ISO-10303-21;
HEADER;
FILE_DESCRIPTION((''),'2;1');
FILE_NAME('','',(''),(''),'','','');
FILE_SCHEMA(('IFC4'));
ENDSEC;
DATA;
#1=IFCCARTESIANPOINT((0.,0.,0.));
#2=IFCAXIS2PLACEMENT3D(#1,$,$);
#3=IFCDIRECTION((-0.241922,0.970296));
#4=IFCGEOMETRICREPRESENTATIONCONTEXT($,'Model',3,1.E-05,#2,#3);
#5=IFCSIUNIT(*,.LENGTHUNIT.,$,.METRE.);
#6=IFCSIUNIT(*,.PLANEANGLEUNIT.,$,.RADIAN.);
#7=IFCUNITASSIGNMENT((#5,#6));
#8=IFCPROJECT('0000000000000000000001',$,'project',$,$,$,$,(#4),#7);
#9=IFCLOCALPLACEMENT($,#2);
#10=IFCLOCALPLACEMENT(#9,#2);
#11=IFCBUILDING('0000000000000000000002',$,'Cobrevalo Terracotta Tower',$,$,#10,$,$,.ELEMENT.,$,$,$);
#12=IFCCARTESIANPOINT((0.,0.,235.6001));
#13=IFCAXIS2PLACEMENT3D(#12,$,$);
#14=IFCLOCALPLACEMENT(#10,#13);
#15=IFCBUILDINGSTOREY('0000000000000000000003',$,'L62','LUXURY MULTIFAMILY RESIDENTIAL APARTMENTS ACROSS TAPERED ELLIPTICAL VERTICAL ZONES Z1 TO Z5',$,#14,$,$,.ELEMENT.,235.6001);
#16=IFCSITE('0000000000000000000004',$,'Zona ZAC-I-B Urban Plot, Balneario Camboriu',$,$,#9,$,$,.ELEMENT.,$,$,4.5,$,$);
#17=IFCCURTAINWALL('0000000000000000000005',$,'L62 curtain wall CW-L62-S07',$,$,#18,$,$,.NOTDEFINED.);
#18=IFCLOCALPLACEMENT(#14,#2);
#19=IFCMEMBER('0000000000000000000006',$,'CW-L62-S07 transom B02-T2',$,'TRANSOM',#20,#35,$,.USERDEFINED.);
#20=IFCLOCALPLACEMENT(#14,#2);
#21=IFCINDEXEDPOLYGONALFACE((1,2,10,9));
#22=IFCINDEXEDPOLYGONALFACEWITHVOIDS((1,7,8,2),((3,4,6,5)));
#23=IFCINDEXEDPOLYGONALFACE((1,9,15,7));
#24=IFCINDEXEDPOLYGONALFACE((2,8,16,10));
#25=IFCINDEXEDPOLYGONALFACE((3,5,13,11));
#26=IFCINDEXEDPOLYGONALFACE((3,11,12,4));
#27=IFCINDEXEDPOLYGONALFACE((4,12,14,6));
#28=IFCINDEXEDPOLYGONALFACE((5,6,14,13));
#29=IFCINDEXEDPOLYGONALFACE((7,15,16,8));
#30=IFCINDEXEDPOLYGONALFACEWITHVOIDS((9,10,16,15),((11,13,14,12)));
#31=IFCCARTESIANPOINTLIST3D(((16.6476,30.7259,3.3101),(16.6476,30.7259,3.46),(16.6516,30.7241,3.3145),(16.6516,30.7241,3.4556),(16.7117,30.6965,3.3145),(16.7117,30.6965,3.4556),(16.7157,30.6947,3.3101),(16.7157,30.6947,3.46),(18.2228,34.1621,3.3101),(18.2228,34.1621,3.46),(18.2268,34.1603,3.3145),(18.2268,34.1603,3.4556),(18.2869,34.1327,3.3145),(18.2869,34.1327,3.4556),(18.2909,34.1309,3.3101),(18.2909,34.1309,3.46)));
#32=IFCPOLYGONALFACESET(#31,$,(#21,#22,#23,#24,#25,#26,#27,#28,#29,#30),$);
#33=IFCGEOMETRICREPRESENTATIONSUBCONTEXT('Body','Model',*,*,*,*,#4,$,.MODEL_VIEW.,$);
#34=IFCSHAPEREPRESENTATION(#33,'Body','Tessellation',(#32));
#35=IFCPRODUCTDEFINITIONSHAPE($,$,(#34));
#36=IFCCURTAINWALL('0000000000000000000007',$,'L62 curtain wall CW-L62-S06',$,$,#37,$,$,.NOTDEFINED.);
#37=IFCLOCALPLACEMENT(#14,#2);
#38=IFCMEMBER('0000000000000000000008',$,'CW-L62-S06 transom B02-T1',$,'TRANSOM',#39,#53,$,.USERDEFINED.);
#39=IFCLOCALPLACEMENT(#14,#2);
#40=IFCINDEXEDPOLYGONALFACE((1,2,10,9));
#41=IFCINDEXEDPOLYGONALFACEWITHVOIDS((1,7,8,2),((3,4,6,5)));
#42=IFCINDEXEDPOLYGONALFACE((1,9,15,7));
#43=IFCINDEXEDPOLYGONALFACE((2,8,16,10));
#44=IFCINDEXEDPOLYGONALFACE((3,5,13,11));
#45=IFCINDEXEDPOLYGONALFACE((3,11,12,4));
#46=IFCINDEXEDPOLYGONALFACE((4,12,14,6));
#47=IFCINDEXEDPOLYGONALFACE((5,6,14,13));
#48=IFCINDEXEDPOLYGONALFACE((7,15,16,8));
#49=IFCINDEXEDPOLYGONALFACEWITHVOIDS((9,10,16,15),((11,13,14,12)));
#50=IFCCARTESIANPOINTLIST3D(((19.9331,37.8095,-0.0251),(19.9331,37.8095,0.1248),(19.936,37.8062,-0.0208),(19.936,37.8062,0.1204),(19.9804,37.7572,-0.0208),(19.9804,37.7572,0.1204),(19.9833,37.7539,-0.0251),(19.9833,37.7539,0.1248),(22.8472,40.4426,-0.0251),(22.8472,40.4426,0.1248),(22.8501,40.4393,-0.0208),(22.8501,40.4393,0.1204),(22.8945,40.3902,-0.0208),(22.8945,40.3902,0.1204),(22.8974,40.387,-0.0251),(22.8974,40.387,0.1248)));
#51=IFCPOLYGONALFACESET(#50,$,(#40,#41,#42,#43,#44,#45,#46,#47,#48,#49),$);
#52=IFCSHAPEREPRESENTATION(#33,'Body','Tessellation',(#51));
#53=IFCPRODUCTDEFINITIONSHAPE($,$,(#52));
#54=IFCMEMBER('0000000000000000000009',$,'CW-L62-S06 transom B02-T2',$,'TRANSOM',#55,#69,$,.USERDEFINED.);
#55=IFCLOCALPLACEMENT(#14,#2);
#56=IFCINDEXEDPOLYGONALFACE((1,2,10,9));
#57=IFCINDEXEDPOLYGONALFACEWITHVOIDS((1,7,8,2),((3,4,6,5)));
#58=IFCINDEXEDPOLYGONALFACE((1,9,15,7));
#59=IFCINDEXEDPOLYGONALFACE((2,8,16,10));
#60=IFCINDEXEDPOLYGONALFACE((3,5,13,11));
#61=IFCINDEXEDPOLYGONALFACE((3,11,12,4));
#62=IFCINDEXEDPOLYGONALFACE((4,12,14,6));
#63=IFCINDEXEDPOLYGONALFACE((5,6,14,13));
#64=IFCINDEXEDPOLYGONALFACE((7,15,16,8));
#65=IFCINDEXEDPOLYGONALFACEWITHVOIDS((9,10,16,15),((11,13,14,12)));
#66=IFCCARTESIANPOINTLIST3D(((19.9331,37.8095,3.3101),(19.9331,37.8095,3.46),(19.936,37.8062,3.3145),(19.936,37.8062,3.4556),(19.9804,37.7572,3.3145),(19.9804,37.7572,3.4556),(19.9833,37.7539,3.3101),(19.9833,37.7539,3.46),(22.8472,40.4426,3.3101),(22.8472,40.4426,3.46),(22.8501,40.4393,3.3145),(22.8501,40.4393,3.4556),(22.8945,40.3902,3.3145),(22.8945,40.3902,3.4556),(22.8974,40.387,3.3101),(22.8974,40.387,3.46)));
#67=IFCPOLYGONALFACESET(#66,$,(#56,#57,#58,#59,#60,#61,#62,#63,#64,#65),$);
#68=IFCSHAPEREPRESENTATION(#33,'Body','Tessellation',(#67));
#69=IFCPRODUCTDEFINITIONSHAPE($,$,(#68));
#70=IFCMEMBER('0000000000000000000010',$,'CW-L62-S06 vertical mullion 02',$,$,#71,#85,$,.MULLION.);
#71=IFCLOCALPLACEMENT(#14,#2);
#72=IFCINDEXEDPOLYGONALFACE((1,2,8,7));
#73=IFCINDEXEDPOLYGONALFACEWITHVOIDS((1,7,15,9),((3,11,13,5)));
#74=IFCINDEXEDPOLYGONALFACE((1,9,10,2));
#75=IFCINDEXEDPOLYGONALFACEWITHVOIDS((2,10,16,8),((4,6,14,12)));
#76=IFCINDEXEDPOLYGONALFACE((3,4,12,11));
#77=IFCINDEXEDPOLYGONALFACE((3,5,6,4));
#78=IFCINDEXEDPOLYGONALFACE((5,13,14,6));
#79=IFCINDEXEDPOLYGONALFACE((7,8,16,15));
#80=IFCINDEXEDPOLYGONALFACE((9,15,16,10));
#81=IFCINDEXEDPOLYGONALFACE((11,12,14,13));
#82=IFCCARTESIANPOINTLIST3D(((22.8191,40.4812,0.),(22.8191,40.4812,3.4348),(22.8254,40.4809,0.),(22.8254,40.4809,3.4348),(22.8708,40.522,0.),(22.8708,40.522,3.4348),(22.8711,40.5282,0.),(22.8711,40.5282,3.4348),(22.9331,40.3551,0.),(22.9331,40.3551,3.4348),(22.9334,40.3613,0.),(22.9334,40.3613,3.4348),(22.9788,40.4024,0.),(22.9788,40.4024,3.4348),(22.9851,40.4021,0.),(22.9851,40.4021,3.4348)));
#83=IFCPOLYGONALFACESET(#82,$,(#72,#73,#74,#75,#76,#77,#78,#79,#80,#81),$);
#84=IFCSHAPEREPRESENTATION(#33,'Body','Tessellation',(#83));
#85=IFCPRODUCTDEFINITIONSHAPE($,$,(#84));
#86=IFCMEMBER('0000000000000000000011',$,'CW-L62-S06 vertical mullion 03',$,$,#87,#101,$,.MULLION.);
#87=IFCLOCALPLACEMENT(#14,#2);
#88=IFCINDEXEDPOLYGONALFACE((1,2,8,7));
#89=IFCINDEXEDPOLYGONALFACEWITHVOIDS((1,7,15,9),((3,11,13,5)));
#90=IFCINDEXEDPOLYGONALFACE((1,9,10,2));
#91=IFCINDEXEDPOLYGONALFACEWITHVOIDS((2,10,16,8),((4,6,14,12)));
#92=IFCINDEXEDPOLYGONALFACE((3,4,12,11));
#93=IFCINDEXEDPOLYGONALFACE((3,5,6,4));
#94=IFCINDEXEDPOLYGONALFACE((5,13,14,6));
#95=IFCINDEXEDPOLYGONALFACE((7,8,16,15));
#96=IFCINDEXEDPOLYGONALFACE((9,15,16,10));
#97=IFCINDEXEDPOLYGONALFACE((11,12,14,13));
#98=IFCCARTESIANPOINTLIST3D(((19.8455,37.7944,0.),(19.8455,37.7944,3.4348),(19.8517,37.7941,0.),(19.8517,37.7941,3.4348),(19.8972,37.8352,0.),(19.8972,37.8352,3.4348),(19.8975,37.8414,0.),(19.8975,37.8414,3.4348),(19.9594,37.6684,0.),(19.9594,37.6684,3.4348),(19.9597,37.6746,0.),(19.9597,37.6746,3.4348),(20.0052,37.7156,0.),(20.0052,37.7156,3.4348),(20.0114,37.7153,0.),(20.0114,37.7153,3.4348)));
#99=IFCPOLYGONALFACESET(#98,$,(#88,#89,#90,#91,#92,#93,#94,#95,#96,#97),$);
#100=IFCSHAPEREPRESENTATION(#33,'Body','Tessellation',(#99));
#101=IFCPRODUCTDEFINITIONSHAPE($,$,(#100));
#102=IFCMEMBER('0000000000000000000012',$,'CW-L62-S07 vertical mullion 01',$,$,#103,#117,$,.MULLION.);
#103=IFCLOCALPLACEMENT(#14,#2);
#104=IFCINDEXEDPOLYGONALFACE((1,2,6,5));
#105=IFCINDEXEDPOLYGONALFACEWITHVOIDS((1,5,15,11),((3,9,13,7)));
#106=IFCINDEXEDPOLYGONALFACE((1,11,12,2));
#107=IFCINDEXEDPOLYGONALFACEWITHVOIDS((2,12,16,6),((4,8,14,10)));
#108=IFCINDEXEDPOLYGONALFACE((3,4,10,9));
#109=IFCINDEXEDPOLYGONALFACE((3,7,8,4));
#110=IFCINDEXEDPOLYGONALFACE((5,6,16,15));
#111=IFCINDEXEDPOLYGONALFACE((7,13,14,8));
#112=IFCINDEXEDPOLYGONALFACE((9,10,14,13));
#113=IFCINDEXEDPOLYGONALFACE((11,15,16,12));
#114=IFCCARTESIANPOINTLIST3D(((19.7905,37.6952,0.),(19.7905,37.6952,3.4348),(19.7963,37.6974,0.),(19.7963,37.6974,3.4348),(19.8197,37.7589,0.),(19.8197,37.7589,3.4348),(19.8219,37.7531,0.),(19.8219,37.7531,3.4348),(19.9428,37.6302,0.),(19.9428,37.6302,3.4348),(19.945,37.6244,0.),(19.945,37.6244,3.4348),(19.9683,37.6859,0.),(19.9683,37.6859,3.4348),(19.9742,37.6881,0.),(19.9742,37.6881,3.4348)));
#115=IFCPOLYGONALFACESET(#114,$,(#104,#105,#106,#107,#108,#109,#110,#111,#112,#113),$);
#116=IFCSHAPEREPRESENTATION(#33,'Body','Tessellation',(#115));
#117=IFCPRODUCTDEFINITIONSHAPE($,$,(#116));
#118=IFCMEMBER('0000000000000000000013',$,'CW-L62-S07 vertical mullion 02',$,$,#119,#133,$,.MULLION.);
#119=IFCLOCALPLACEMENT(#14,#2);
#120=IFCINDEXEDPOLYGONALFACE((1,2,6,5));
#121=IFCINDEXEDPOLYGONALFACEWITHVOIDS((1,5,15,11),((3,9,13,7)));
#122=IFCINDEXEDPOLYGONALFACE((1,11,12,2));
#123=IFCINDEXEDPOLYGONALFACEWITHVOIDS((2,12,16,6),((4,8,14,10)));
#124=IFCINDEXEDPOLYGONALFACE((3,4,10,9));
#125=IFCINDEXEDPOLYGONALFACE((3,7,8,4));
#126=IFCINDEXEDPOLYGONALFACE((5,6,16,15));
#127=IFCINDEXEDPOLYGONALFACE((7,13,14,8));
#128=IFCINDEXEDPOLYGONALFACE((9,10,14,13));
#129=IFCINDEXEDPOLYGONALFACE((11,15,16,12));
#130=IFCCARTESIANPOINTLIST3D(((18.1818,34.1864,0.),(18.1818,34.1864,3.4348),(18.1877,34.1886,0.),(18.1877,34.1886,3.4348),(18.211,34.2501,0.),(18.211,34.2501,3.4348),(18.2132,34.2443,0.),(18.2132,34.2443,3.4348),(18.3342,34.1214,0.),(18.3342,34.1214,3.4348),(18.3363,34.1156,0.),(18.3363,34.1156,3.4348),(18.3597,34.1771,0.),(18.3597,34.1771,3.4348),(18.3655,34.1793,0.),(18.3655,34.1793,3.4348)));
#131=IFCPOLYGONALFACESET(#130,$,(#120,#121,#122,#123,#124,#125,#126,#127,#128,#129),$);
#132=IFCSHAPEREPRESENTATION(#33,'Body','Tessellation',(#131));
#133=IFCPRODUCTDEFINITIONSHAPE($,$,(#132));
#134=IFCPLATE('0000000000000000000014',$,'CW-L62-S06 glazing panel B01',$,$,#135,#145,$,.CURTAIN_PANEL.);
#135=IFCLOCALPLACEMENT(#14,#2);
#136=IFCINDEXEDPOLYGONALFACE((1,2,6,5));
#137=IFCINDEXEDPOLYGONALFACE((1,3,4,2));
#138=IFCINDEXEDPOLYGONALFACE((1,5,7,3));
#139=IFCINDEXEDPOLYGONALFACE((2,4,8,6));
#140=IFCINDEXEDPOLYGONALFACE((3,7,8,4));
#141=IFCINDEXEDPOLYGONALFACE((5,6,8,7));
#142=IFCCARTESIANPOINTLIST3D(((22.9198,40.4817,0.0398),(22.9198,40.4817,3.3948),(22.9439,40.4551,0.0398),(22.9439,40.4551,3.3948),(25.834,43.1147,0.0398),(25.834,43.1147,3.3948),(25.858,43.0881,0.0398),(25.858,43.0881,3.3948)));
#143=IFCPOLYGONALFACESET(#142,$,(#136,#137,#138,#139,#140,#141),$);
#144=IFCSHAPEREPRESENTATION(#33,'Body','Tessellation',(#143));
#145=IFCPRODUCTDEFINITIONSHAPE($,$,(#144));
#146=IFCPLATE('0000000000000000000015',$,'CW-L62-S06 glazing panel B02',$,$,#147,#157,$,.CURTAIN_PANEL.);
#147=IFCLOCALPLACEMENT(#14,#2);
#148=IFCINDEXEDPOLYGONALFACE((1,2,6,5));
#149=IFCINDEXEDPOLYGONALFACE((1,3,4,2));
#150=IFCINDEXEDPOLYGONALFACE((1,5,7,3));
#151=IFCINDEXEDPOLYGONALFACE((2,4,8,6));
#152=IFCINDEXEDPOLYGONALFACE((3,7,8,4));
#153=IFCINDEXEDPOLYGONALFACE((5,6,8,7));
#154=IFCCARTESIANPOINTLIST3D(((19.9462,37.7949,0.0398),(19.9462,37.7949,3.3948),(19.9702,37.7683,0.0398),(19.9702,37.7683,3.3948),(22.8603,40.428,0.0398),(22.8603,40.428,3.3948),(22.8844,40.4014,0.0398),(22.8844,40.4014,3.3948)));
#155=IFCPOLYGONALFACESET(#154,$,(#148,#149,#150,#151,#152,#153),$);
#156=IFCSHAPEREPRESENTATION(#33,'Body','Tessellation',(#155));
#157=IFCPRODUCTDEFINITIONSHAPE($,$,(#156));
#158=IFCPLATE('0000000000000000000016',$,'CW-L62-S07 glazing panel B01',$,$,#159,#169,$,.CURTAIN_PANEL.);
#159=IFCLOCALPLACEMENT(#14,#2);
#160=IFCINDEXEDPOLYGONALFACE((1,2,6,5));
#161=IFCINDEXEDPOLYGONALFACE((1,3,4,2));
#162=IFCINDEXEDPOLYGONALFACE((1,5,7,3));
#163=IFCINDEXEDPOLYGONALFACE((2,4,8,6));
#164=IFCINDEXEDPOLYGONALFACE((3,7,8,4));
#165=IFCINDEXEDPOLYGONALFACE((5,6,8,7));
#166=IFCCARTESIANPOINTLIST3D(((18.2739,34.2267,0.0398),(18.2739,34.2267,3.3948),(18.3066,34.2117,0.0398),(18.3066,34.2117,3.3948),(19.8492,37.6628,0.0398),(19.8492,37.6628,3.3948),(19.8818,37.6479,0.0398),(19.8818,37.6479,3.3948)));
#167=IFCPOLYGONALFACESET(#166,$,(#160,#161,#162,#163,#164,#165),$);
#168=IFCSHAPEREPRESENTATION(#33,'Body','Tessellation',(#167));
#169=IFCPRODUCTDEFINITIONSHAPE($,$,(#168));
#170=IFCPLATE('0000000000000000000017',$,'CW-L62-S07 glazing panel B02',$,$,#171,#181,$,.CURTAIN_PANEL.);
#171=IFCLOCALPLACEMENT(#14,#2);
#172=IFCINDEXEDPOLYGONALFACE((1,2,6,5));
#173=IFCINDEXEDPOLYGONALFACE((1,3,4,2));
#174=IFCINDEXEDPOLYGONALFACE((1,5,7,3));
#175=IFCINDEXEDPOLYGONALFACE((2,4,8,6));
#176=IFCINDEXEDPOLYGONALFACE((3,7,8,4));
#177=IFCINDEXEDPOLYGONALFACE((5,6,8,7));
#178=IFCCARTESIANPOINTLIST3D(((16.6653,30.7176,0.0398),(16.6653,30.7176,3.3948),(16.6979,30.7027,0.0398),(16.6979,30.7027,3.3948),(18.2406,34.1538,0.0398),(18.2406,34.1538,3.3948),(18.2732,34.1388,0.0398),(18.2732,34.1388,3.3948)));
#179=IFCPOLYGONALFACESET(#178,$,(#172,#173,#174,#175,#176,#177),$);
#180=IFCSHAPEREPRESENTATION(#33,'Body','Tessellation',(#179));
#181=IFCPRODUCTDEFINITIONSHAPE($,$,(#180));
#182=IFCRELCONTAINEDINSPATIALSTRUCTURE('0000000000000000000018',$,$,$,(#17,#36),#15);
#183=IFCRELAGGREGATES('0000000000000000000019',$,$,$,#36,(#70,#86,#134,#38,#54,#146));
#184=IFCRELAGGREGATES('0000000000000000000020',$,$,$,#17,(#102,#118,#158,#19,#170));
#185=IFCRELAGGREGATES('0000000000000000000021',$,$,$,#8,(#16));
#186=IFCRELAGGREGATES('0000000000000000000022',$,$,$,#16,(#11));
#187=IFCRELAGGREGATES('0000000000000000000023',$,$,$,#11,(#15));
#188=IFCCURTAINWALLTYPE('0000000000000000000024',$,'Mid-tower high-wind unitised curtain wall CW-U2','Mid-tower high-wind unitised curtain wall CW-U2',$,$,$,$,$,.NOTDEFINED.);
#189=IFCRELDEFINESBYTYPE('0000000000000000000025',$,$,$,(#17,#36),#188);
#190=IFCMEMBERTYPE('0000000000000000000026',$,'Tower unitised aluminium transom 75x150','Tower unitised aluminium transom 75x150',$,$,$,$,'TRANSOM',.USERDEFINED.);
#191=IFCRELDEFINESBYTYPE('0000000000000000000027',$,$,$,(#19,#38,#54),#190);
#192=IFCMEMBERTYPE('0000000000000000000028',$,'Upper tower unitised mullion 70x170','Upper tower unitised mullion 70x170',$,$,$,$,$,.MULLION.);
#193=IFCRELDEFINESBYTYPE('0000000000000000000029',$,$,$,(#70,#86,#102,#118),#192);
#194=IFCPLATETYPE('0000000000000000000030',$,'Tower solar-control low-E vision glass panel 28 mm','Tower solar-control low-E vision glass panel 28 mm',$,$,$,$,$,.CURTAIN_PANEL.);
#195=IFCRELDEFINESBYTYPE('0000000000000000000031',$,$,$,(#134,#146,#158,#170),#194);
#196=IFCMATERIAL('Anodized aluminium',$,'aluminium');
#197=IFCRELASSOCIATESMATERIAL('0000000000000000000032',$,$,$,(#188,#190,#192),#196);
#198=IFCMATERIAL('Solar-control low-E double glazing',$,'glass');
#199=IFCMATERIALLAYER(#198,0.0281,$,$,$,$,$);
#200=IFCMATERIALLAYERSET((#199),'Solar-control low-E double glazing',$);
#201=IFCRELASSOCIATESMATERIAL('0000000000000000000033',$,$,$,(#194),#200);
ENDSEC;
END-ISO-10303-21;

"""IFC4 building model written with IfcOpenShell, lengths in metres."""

from ifc_helpers import new_model, si_unit, direction, frame, origin, origin_2d, place, context, subcontext, project, spatial, rectangle, hollow_rectangle, extrude, source, transform, mapped, material, layer, layer_set, material_profile, profile_set, type_object, element, aggregate, save


model = new_model("IFC4")

# Units and contexts
model_context = context("Model", 3, precision=1e-05, world=origin(), true_north=direction((-0.241922, 0.970296)))
body_context = subcontext(model_context, "Body", "Model", "MODEL_VIEW")
ifc_project = project(units=[si_unit("LENGTHUNIT", "METRE"), si_unit("PLANEANGLEUNIT", "RADIAN")], contexts=[model_context])

# Site, building, storey
site_placement = place(None, origin())
site = spatial("IfcSite", under=ifc_project, at=site_placement, Name="Zona ZAC-I-B Urban Plot, Balneario Camboriu", CompositionType="ELEMENT", RefElevation=4.5)
building_placement = place(site_placement, origin())
building = spatial("IfcBuilding", under=site, at=building_placement, Name="Cobrevalo Terracotta Tower", CompositionType="ELEMENT")
storey_placement = place(building_placement, frame((0.0, 0.0, 235.6001)))
storey = spatial("IfcBuildingStorey", under=building, at=storey_placement, Name="L62", Description="LUXURY MULTIFAMILY RESIDENTIAL APARTMENTS ACROSS TAPERED ELLIPTICAL VERTICAL ZONES Z1 TO Z5", CompositionType="ELEMENT", Elevation=235.6001)

# Curtain walls, members
ifc_material_1 = material(Name="Anodized aluminium", Category="aluminium")
curtain_wall_type = type_object("IfcCurtainWallType", Name="Mid-tower high-wind unitised curtain wall CW-U2", Description="Mid-tower high-wind unitised curtain wall CW-U2", PredefinedType="NOTDEFINED", material=ifc_material_1)
curtain_wall_1_placement = place(storey_placement, origin())
curtain_wall_1 = element("IfcCurtainWall", 1, at=curtain_wall_1_placement, inside=storey, type_object=curtain_wall_type, Name="L62 curtain wall CW-L62-S07", PredefinedType="NOTDEFINED")
ifc_material_profile_1 = material_profile(ifc_material_1, hollow_rectangle(XDim=0.075, YDim=0.1499, WallThickness=0.0044, at=origin_2d()), Name="CWT 75x150")
ifc_profile_set_1 = profile_set([ifc_material_profile_1], Name="Anodized aluminium")
member_type_1 = type_object("IfcMemberType", Name="Tower unitised aluminium transom 75x150", Description="Tower unitised aluminium transom 75x150", ElementType="TRANSOM", PredefinedType="USERDEFINED", material=ifc_profile_set_1)
shared_shape_1 = source(origin(), body_context, "Body", "SweptSolid", [
    extrude(hollow_rectangle(XDim=0.075, YDim=0.1499, WallThickness=0.0044, at=origin_2d()), origin(), (0.0, 0.0, 1.0), 3.78),
])
member_1_placement = place(storey_placement, frame((18.2568, 34.1465, 3.385), z_axis=(-0.416706, -0.909041, 0.0), x_axis=(0.909041, -0.416706, 0.0)))
member_1 = element("IfcMember", 2, at=member_1_placement, type_object=member_type_1, Name="CW-L62-S07 transom B02-T2", ObjectType="TRANSOM", PredefinedType="USERDEFINED", context=body_context, shape_type="MappedRepresentation", body=[
    mapped(shared_shape_1, transform((0.0, 0.0, 0.0), scale=1.0)),
])
curtain_wall_2_placement = place(storey_placement, origin())
curtain_wall_2 = element("IfcCurtainWall", 3, at=curtain_wall_2_placement, inside=storey, type_object=curtain_wall_type, Name="L62 curtain wall CW-L62-S06", PredefinedType="NOTDEFINED")
shared_shape_2 = source(origin(), body_context, "Body", "SweptSolid", [
    extrude(hollow_rectangle(XDim=0.075, YDim=0.1499, WallThickness=0.0044, at=origin_2d()), origin(), (0.0, 0.0, 1.0), 3.9275),
])
member_2_placement = place(storey_placement, frame((22.8723, 40.4148, 0.0498), z_axis=(-0.741976, -0.670426, 0.0), x_axis=(0.670426, -0.741976, 0.0)))
member_2 = element("IfcMember", 4, at=member_2_placement, type_object=member_type_1, Name="CW-L62-S06 transom B02-T1", ObjectType="TRANSOM", PredefinedType="USERDEFINED", context=body_context, shape_type="MappedRepresentation", body=[
    mapped(shared_shape_2, transform((0.0, 0.0, 0.0), scale=1.0)),
])
member_3_placement = place(storey_placement, frame((22.8723, 40.4148, 3.385), z_axis=(-0.741976, -0.670426, 0.0), x_axis=(0.670426, -0.741976, 0.0)))
member_3 = element("IfcMember", 5, at=member_3_placement, type_object=member_type_1, Name="CW-L62-S06 transom B02-T2", ObjectType="TRANSOM", PredefinedType="USERDEFINED", context=body_context, shape_type="MappedRepresentation", body=[
    mapped(shared_shape_2, transform((0.0, 0.0, 0.0), scale=1.0)),
])
ifc_material_profile_2 = material_profile(ifc_material_1, hollow_rectangle(XDim=0.0701, YDim=0.1699, WallThickness=0.0044, at=origin_2d()), Name="CWM 70x170")
ifc_profile_set_2 = profile_set([ifc_material_profile_2], Name="Anodized aluminium")
member_type_2 = type_object("IfcMemberType", Name="Upper tower unitised mullion 70x170", Description="Upper tower unitised mullion 70x170", PredefinedType="MULLION", material=ifc_profile_set_2)
shared_shape_3 = source(origin(), body_context, "Body", "SweptSolid", [
    extrude(hollow_rectangle(XDim=0.0701, YDim=0.1699, WallThickness=0.0044, at=origin_2d()), origin(), (0.0, 0.0, 1.0), 3.4348),
])
member_4_placement = place(storey_placement, frame((22.9021, 40.4417, 0.0), z_axis=(0.0, 0.0, 1.0), x_axis=(-0.741988, -0.670414, 0.0)))
member_4 = element("IfcMember", 6, at=member_4_placement, type_object=member_type_2, Name="CW-L62-S06 vertical mullion 02", PredefinedType="MULLION", context=body_context, shape_type="MappedRepresentation", body=[
    mapped(shared_shape_3, transform((0.0, 0.0, 0.0), scale=1.0)),
])
member_5_placement = place(storey_placement, frame((19.9285, 37.7549, 0.0), z_axis=(0.0, 0.0, 1.0), x_axis=(-0.741988, -0.670414, 0.0)))
member_5 = element("IfcMember", 7, at=member_5_placement, type_object=member_type_2, Name="CW-L62-S06 vertical mullion 03", PredefinedType="MULLION", context=body_context, shape_type="MappedRepresentation", body=[
    mapped(shared_shape_3, transform((0.0, 0.0, 0.0), scale=1.0)),
])

# Members
member_6_placement = place(storey_placement, frame((19.8823, 37.6917, 0.0), z_axis=(0.0, 0.0, 1.0), x_axis=(-0.416725, -0.909033, 0.0)))
member_6 = element("IfcMember", 8, at=member_6_placement, type_object=member_type_2, Name="CW-L62-S07 vertical mullion 01", PredefinedType="MULLION", context=body_context, shape_type="MappedRepresentation", body=[
    mapped(shared_shape_3, transform((0.0, 0.0, 0.0), scale=1.0)),
])
member_7_placement = place(storey_placement, frame((18.2737, 34.1829, 0.0), z_axis=(0.0, 0.0, 1.0), x_axis=(-0.416725, -0.909033, 0.0)))
member_7 = element("IfcMember", 9, at=member_7_placement, type_object=member_type_2, Name="CW-L62-S07 vertical mullion 02", PredefinedType="MULLION", context=body_context, shape_type="MappedRepresentation", body=[
    mapped(shared_shape_3, transform((0.0, 0.0, 0.0), scale=1.0)),
])

# Plates
ifc_material_2 = material(Name="Solar-control low-E double glazing", Category="glass")
ifc_layer_1 = layer(ifc_material_2, 0.0281)
ifc_layer_set_1 = layer_set([ifc_layer_1], Name="Solar-control low-E double glazing")
plate_type = type_object("IfcPlateType", Name="Tower solar-control low-E vision glass panel 28 mm", Description="Tower solar-control low-E vision glass panel 28 mm", PredefinedType="CURTAIN_PANEL", material=ifc_layer_set_1)
shared_shape_4 = source(origin(), body_context, "Body", "SweptSolid", [
    extrude(rectangle(XDim=3.9275, YDim=0.0359, at=origin_2d()), origin(), (0.0, 0.0, 1.0), 3.355),
])
plate_1_placement = place(storey_placement, frame((24.3889, 41.7849, 0.0398), z_axis=(0.0, 0.0, 1.0), x_axis=(-0.741988, -0.670414, 0.0)))
plate_1 = element("IfcPlate", 10, at=plate_1_placement, type_object=plate_type, Name="CW-L62-S06 glazing panel B01", PredefinedType="CURTAIN_PANEL", context=body_context, shape_type="MappedRepresentation", body=[
    mapped(shared_shape_4, transform((0.0, 0.0, 0.0), scale=1.0)),
])
plate_2_placement = place(storey_placement, frame((21.4153, 39.0981, 0.0398), z_axis=(0.0, 0.0, 1.0), x_axis=(-0.741988, -0.670414, 0.0)))
plate_2 = element("IfcPlate", 11, at=plate_2_placement, type_object=plate_type, Name="CW-L62-S06 glazing panel B02", PredefinedType="CURTAIN_PANEL", context=body_context, shape_type="MappedRepresentation", body=[
    mapped(shared_shape_4, transform((0.0, 0.0, 0.0), scale=1.0)),
])
aggregate(curtain_wall_2, [member_4, member_5, plate_1, member_2, member_3, plate_2])
shared_shape_5 = source(origin(), body_context, "Body", "SweptSolid", [
    extrude(rectangle(XDim=3.78, YDim=0.0359, at=origin_2d()), origin(), (0.0, 0.0, 1.0), 3.355),
])
plate_3_placement = place(storey_placement, frame((19.0779, 35.9373, 0.0398), z_axis=(0.0, 0.0, 1.0), x_axis=(-0.416731, -0.90903, 0.0)))
plate_3 = element("IfcPlate", 12, at=plate_3_placement, type_object=plate_type, Name="CW-L62-S07 glazing panel B01", PredefinedType="CURTAIN_PANEL", context=body_context, shape_type="MappedRepresentation", body=[
    mapped(shared_shape_5, transform((0.0, 0.0, 0.0), scale=1.0)),
])
plate_4_placement = place(storey_placement, frame((17.4692, 32.4282, 0.0398), z_axis=(0.0, 0.0, 1.0), x_axis=(-0.416731, -0.90903, 0.0)))
plate_4 = element("IfcPlate", 13, at=plate_4_placement, type_object=plate_type, Name="CW-L62-S07 glazing panel B02", PredefinedType="CURTAIN_PANEL", context=body_context, shape_type="MappedRepresentation", body=[
    mapped(shared_shape_5, transform((0.0, 0.0, 0.0), scale=1.0)),
])
aggregate(curtain_wall_1, [member_6, member_7, plate_3, member_1, plate_4])

save(model, "model.ifc")
